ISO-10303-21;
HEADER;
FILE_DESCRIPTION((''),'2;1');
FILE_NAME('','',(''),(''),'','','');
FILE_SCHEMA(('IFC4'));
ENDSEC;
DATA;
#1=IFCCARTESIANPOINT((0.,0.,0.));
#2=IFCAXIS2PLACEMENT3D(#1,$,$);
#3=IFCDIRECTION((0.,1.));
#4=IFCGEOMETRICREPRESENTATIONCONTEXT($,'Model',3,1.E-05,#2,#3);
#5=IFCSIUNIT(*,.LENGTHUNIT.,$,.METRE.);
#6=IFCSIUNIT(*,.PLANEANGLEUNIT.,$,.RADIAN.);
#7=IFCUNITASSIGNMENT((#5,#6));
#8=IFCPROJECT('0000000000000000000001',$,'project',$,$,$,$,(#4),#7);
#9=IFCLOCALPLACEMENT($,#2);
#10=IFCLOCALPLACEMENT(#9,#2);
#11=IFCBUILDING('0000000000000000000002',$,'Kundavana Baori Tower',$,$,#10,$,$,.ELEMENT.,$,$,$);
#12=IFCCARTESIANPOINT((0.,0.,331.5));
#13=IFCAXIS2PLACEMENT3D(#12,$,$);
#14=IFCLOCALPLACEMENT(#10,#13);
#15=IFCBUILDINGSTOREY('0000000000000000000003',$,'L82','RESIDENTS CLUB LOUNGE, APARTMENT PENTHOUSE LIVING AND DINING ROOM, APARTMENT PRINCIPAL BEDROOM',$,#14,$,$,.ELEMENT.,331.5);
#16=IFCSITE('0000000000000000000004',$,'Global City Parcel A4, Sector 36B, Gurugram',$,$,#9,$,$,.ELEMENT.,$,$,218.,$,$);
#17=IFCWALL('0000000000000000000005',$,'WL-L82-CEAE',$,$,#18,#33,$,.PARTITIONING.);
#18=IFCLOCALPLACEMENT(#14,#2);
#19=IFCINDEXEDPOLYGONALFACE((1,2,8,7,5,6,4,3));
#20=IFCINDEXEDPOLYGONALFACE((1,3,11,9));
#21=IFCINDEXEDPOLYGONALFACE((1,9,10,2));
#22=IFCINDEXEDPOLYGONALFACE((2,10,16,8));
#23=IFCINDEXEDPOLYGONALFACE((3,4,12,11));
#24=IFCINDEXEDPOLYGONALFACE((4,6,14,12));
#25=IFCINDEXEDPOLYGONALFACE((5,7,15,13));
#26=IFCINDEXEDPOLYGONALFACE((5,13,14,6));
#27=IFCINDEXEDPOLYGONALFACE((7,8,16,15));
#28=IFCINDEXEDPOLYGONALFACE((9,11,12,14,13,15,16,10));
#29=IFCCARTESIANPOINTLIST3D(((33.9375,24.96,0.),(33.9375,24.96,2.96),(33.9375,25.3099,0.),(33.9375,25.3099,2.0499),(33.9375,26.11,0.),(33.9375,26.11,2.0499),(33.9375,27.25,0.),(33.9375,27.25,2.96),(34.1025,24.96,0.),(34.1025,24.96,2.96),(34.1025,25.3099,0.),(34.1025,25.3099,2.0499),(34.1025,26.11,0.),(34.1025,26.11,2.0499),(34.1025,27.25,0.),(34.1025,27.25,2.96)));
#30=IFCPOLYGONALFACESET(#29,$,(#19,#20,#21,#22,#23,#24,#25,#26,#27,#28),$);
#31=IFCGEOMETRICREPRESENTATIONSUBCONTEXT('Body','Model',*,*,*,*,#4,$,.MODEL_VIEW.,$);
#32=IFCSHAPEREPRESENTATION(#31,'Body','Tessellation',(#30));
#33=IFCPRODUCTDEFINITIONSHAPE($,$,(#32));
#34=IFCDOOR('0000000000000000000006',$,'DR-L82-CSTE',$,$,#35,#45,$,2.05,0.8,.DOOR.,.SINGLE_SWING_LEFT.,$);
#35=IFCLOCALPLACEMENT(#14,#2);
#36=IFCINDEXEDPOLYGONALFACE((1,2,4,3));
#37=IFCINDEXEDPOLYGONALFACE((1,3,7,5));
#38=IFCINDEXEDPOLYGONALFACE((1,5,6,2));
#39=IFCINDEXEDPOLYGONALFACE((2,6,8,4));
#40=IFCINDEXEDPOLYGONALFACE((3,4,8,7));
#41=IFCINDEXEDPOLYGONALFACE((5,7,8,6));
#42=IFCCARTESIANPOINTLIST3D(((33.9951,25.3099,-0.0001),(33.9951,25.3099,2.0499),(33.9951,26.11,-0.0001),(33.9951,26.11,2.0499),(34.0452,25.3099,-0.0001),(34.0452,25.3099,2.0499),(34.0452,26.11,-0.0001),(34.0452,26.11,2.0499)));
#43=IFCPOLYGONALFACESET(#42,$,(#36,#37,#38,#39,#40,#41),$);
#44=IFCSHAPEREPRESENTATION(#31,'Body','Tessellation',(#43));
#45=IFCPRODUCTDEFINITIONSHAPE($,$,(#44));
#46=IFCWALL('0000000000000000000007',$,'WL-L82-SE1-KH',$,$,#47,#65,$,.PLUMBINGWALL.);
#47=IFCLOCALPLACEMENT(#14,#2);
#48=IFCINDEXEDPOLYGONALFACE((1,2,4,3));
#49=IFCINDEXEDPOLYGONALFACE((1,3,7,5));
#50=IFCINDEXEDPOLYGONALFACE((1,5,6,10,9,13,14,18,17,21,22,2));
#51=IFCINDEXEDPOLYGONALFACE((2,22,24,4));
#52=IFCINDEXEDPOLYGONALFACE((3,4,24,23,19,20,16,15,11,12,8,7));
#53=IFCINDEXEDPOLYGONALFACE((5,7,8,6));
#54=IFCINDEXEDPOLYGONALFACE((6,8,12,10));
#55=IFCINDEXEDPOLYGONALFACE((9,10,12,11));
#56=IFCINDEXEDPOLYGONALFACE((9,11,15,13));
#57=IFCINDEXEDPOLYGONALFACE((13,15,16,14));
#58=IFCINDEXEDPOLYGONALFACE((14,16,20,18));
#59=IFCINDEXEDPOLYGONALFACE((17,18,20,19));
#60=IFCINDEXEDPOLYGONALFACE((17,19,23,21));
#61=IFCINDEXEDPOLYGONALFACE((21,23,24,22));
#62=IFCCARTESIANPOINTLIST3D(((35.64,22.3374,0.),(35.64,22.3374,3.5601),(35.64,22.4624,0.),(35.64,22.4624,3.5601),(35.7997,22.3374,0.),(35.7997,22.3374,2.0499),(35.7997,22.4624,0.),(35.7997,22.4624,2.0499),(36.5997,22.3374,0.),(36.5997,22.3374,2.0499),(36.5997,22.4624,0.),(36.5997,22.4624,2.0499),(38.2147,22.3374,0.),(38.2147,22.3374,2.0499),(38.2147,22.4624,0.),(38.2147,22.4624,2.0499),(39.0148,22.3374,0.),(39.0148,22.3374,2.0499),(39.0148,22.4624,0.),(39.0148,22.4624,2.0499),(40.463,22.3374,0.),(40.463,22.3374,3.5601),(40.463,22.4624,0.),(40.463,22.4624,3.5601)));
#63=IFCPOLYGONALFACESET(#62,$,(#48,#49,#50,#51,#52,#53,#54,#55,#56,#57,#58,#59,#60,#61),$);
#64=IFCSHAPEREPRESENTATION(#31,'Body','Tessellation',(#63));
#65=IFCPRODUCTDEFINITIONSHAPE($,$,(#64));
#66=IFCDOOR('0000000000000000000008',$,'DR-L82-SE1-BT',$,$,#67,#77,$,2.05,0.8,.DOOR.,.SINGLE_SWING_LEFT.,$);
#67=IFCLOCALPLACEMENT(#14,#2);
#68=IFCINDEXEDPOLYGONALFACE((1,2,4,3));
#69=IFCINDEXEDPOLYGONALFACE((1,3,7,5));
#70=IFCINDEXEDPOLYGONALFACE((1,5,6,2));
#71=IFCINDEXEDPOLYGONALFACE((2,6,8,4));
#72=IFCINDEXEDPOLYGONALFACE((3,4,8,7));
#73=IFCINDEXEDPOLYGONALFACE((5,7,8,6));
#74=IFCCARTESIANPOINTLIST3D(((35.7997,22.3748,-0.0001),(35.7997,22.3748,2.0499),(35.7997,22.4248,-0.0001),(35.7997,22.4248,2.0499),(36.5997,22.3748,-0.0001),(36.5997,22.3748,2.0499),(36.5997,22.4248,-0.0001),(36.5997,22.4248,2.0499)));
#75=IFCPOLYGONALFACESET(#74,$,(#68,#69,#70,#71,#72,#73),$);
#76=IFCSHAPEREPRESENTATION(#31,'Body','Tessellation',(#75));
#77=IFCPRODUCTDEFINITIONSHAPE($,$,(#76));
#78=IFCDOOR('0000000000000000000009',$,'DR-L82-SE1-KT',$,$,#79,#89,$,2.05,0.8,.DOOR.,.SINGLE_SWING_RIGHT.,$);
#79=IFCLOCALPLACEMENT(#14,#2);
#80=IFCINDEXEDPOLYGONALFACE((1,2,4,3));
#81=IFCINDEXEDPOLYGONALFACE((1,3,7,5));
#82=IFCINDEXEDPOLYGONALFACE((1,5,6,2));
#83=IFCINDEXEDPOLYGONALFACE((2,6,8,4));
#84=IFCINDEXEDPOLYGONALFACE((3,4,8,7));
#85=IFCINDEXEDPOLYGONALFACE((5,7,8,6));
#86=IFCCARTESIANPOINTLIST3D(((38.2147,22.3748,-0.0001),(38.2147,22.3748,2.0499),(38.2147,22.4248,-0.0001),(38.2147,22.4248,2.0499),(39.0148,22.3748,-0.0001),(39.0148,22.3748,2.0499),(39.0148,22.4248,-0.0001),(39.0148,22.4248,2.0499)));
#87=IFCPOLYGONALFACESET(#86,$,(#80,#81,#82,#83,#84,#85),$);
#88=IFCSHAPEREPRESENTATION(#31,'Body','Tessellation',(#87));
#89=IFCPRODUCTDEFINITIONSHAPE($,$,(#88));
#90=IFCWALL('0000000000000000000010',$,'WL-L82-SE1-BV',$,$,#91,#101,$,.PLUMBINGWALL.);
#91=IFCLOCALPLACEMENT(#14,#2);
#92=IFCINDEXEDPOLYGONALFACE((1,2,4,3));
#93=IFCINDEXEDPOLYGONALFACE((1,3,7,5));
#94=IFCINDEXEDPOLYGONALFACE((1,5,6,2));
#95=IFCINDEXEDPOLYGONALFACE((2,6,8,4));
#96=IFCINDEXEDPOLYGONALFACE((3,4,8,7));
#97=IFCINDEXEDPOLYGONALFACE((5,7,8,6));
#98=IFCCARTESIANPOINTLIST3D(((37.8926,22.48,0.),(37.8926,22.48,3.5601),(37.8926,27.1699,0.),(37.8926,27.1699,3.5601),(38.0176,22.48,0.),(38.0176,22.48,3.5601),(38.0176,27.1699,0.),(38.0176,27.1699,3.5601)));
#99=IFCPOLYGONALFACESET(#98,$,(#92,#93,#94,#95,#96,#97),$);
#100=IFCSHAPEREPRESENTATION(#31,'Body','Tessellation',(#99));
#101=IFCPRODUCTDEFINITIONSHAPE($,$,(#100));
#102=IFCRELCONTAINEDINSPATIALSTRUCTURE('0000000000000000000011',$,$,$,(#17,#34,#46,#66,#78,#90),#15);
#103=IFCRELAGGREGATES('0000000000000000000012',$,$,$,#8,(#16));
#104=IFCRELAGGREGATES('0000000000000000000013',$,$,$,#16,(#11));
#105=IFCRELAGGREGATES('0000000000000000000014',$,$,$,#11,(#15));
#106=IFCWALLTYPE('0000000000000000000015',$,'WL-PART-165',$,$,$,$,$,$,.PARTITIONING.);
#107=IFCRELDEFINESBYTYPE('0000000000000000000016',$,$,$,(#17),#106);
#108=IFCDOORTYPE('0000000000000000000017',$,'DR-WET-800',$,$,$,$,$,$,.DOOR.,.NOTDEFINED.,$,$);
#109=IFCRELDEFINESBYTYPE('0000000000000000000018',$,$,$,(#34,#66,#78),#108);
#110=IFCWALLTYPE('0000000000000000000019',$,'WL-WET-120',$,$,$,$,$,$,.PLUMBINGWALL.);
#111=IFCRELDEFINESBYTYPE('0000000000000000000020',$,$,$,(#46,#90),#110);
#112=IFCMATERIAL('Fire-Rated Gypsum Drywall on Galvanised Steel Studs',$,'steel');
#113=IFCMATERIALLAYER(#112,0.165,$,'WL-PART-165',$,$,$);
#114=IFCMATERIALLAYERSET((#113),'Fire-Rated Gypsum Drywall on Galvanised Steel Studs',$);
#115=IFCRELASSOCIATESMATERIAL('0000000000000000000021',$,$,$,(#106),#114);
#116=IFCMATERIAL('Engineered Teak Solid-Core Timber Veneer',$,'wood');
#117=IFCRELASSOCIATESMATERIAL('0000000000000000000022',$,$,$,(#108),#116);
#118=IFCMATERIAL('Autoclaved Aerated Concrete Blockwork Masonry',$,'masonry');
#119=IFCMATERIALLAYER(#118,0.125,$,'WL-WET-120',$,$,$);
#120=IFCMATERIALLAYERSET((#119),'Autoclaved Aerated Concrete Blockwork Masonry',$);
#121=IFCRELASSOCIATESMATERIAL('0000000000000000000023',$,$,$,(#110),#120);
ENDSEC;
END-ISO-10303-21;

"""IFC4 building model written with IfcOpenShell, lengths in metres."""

from ifc_helpers import new_model, si_unit, direction, frame, frame_2d, origin, place, context, subcontext, project, spatial, rectangle, extrude, material, layer, layer_set, type_object, element, fill, save


model = new_model("IFC4")

# Units and contexts
model_context = context("Model", 3, precision=1e-05, world=origin(), true_north=direction((0.0, 1.0)))
body_context = subcontext(model_context, "Body", "Model", "MODEL_VIEW")
ifc_project = project(units=[si_unit("LENGTHUNIT", "METRE"), si_unit("PLANEANGLEUNIT", "RADIAN")], contexts=[model_context])

# Site, building, storey
site_placement = place(None, origin())
site = spatial("IfcSite", under=ifc_project, at=site_placement, Name="Global City Parcel A4, Sector 36B, Gurugram", CompositionType="ELEMENT", RefElevation=218.0)
building_placement = place(site_placement, origin())
building = spatial("IfcBuilding", under=site, at=building_placement, Name="Kundavana Baori Tower", CompositionType="ELEMENT")
storey_placement = place(building_placement, frame((0.0, 0.0, 331.5)))
storey = spatial("IfcBuildingStorey", under=building, at=storey_placement, Name="L82", Description="RESIDENTS CLUB LOUNGE, APARTMENT PENTHOUSE LIVING AND DINING ROOM, APARTMENT PRINCIPAL BEDROOM", CompositionType="ELEMENT", Elevation=331.5)

# Shared definitions
ifc_material_1 = material(Name="Fire-Rated Gypsum Drywall on Galvanised Steel Studs", Category="steel")
ifc_layer_1 = layer(ifc_material_1, 0.165, Name="WL-PART-165")
ifc_layer_set_1 = layer_set([ifc_layer_1], Name="Fire-Rated Gypsum Drywall on Galvanised Steel Studs")
wall_type_1 = type_object("IfcWallType", Name="WL-PART-165", PredefinedType="PARTITIONING", material=ifc_layer_set_1)

# Wall, opening, door
wall_1_placement = place(storey_placement, frame((34.02, 24.96, 0.0), z_axis=(0.0, 0.0, 1.0), x_axis=(0.0, 1.0, 0.0)))
wall_1 = element("IfcWall", 1, at=wall_1_placement, inside=storey, type_object=wall_type_1, Name="WL-L82-CEAE", PredefinedType="PARTITIONING", context=body_context, shape_type="SweptSolid", body=[
    extrude(rectangle(XDim=2.29, YDim=0.165, at=frame_2d((1.145, 0.0))), origin(), (0.0, 0.0, 1.0), 2.96),
])
opening_1_placement = place(wall_1_placement, frame((0.3501, 0.0, 0.0)))
opening_1 = element("IfcOpeningElement", 2, at=opening_1_placement, cuts=wall_1, PredefinedType="OPENING", context=body_context, shape_type="SweptSolid", body=[
    extrude(rectangle(XDim=0.8, YDim=2.05, at=frame_2d((0.3999, 1.0249))), frame((0.0, 0.0925, 0.0), z_axis=(0.0, -1.0, 0.0), x_axis=(1.0, 0.0, 0.0)), (0.0, 0.0, 1.0), 0.1851),
])
ifc_material_2 = material(Name="Engineered Teak Solid-Core Timber Veneer", Category="wood")
door_type = type_object("IfcDoorType", Name="DR-WET-800", OperationType="NOTDEFINED", PredefinedType="DOOR", material=ifc_material_2)
door_1_placement = place(opening_1_placement, origin())
door_1 = element("IfcDoor", 3, at=door_1_placement, inside=storey, type_object=door_type, Name="DR-L82-CSTE", OperationType="SINGLE_SWING_LEFT", OverallHeight=2.05, OverallWidth=0.8, PredefinedType="DOOR", context=body_context, shape_type="SweptSolid", body=[
    extrude(rectangle(XDim=0.8, YDim=2.05, at=frame_2d((0.3999, 1.0249))), frame((0.0, 0.0249, 0.0), z_axis=(0.0, -1.0, 0.0), x_axis=(1.0, 0.0, 0.0)), (0.0, 0.0, 1.0), 0.05),
])
fill(opening_1, door_1)

# Wall, openings, doors
ifc_material_3 = material(Name="Autoclaved Aerated Concrete Blockwork Masonry", Category="masonry")
ifc_layer_2 = layer(ifc_material_3, 0.125, Name="WL-WET-120")
ifc_layer_set_2 = layer_set([ifc_layer_2], Name="Autoclaved Aerated Concrete Blockwork Masonry")
wall_type_2 = type_object("IfcWallType", Name="WL-WET-120", PredefinedType="PLUMBINGWALL", material=ifc_layer_set_2)
wall_2_placement = place(storey_placement, frame((35.6399, 22.3999, 0.0), z_axis=(0.0, 0.0, 1.0), x_axis=(1.0, 0.0, 0.0)))
wall_2 = element("IfcWall", 4, at=wall_2_placement, inside=storey, type_object=wall_type_2, Name="WL-L82-SE1-KH", PredefinedType="PLUMBINGWALL", context=body_context, shape_type="SweptSolid", body=[
    extrude(rectangle(XDim=4.823, YDim=0.125, at=frame_2d((2.4116, 0.0))), origin(), (0.0, 0.0, 1.0), 3.5601),
])
opening_2_placement = place(wall_2_placement, frame((0.1599, 0.0, 0.0)))
opening_2 = element("IfcOpeningElement", 5, at=opening_2_placement, cuts=wall_2, PredefinedType="OPENING", context=body_context, shape_type="SweptSolid", body=[
    extrude(rectangle(XDim=0.8, YDim=2.05, at=frame_2d((0.3999, 1.0249))), frame((0.0, 0.0725, 0.0), z_axis=(0.0, -1.0, 0.0), x_axis=(1.0, 0.0, 0.0)), (0.0, 0.0, 1.0), 0.145),
])
opening_3_placement = place(wall_2_placement, frame((2.575, 0.0, 0.0)))
opening_3 = element("IfcOpeningElement", 6, at=opening_3_placement, cuts=wall_2, PredefinedType="OPENING", context=body_context, shape_type="SweptSolid", body=[
    extrude(rectangle(XDim=0.8, YDim=2.05, at=frame_2d((0.3999, 1.0249))), frame((0.0, 0.0725, 0.0), z_axis=(0.0, -1.0, 0.0), x_axis=(1.0, 0.0, 0.0)), (0.0, 0.0, 1.0), 0.145),
])
door_2_placement = place(opening_2_placement, origin())
door_2 = element("IfcDoor", 7, at=door_2_placement, inside=storey, type_object=door_type, Name="DR-L82-SE1-BT", OperationType="SINGLE_SWING_LEFT", OverallHeight=2.05, OverallWidth=0.8, PredefinedType="DOOR", context=body_context, shape_type="SweptSolid", body=[
    extrude(rectangle(XDim=0.8, YDim=2.05, at=frame_2d((0.3999, 1.0249))), frame((0.0, 0.0249, 0.0), z_axis=(0.0, -1.0, 0.0), x_axis=(1.0, 0.0, 0.0)), (0.0, 0.0, 1.0), 0.05),
])
fill(opening_2, door_2)
door_3_placement = place(opening_3_placement, origin())
door_3 = element("IfcDoor", 8, at=door_3_placement, inside=storey, type_object=door_type, Name="DR-L82-SE1-KT", OperationType="SINGLE_SWING_RIGHT", OverallHeight=2.05, OverallWidth=0.8, PredefinedType="DOOR", context=body_context, shape_type="SweptSolid", body=[
    extrude(rectangle(XDim=0.8, YDim=2.05, at=frame_2d((0.3999, 1.0249))), frame((0.0, 0.0249, 0.0), z_axis=(0.0, -1.0, 0.0), x_axis=(1.0, 0.0, 0.0)), (0.0, 0.0, 1.0), 0.05),
])
fill(opening_3, door_3)

# Wall
wall_3_placement = place(storey_placement, frame((37.9551, 22.48, 0.0), z_axis=(0.0, 0.0, 1.0), x_axis=(0.0, 1.0, 0.0)))
element("IfcWall", 9, at=wall_3_placement, inside=storey, type_object=wall_type_2, Name="WL-L82-SE1-BV", PredefinedType="PLUMBINGWALL", context=body_context, shape_type="SweptSolid", body=[
    extrude(rectangle(XDim=4.6899, YDim=0.125, at=frame_2d((2.345, 0.0))), origin(), (0.0, 0.0, 1.0), 3.5601),
])

save(model, "model.ifc")
